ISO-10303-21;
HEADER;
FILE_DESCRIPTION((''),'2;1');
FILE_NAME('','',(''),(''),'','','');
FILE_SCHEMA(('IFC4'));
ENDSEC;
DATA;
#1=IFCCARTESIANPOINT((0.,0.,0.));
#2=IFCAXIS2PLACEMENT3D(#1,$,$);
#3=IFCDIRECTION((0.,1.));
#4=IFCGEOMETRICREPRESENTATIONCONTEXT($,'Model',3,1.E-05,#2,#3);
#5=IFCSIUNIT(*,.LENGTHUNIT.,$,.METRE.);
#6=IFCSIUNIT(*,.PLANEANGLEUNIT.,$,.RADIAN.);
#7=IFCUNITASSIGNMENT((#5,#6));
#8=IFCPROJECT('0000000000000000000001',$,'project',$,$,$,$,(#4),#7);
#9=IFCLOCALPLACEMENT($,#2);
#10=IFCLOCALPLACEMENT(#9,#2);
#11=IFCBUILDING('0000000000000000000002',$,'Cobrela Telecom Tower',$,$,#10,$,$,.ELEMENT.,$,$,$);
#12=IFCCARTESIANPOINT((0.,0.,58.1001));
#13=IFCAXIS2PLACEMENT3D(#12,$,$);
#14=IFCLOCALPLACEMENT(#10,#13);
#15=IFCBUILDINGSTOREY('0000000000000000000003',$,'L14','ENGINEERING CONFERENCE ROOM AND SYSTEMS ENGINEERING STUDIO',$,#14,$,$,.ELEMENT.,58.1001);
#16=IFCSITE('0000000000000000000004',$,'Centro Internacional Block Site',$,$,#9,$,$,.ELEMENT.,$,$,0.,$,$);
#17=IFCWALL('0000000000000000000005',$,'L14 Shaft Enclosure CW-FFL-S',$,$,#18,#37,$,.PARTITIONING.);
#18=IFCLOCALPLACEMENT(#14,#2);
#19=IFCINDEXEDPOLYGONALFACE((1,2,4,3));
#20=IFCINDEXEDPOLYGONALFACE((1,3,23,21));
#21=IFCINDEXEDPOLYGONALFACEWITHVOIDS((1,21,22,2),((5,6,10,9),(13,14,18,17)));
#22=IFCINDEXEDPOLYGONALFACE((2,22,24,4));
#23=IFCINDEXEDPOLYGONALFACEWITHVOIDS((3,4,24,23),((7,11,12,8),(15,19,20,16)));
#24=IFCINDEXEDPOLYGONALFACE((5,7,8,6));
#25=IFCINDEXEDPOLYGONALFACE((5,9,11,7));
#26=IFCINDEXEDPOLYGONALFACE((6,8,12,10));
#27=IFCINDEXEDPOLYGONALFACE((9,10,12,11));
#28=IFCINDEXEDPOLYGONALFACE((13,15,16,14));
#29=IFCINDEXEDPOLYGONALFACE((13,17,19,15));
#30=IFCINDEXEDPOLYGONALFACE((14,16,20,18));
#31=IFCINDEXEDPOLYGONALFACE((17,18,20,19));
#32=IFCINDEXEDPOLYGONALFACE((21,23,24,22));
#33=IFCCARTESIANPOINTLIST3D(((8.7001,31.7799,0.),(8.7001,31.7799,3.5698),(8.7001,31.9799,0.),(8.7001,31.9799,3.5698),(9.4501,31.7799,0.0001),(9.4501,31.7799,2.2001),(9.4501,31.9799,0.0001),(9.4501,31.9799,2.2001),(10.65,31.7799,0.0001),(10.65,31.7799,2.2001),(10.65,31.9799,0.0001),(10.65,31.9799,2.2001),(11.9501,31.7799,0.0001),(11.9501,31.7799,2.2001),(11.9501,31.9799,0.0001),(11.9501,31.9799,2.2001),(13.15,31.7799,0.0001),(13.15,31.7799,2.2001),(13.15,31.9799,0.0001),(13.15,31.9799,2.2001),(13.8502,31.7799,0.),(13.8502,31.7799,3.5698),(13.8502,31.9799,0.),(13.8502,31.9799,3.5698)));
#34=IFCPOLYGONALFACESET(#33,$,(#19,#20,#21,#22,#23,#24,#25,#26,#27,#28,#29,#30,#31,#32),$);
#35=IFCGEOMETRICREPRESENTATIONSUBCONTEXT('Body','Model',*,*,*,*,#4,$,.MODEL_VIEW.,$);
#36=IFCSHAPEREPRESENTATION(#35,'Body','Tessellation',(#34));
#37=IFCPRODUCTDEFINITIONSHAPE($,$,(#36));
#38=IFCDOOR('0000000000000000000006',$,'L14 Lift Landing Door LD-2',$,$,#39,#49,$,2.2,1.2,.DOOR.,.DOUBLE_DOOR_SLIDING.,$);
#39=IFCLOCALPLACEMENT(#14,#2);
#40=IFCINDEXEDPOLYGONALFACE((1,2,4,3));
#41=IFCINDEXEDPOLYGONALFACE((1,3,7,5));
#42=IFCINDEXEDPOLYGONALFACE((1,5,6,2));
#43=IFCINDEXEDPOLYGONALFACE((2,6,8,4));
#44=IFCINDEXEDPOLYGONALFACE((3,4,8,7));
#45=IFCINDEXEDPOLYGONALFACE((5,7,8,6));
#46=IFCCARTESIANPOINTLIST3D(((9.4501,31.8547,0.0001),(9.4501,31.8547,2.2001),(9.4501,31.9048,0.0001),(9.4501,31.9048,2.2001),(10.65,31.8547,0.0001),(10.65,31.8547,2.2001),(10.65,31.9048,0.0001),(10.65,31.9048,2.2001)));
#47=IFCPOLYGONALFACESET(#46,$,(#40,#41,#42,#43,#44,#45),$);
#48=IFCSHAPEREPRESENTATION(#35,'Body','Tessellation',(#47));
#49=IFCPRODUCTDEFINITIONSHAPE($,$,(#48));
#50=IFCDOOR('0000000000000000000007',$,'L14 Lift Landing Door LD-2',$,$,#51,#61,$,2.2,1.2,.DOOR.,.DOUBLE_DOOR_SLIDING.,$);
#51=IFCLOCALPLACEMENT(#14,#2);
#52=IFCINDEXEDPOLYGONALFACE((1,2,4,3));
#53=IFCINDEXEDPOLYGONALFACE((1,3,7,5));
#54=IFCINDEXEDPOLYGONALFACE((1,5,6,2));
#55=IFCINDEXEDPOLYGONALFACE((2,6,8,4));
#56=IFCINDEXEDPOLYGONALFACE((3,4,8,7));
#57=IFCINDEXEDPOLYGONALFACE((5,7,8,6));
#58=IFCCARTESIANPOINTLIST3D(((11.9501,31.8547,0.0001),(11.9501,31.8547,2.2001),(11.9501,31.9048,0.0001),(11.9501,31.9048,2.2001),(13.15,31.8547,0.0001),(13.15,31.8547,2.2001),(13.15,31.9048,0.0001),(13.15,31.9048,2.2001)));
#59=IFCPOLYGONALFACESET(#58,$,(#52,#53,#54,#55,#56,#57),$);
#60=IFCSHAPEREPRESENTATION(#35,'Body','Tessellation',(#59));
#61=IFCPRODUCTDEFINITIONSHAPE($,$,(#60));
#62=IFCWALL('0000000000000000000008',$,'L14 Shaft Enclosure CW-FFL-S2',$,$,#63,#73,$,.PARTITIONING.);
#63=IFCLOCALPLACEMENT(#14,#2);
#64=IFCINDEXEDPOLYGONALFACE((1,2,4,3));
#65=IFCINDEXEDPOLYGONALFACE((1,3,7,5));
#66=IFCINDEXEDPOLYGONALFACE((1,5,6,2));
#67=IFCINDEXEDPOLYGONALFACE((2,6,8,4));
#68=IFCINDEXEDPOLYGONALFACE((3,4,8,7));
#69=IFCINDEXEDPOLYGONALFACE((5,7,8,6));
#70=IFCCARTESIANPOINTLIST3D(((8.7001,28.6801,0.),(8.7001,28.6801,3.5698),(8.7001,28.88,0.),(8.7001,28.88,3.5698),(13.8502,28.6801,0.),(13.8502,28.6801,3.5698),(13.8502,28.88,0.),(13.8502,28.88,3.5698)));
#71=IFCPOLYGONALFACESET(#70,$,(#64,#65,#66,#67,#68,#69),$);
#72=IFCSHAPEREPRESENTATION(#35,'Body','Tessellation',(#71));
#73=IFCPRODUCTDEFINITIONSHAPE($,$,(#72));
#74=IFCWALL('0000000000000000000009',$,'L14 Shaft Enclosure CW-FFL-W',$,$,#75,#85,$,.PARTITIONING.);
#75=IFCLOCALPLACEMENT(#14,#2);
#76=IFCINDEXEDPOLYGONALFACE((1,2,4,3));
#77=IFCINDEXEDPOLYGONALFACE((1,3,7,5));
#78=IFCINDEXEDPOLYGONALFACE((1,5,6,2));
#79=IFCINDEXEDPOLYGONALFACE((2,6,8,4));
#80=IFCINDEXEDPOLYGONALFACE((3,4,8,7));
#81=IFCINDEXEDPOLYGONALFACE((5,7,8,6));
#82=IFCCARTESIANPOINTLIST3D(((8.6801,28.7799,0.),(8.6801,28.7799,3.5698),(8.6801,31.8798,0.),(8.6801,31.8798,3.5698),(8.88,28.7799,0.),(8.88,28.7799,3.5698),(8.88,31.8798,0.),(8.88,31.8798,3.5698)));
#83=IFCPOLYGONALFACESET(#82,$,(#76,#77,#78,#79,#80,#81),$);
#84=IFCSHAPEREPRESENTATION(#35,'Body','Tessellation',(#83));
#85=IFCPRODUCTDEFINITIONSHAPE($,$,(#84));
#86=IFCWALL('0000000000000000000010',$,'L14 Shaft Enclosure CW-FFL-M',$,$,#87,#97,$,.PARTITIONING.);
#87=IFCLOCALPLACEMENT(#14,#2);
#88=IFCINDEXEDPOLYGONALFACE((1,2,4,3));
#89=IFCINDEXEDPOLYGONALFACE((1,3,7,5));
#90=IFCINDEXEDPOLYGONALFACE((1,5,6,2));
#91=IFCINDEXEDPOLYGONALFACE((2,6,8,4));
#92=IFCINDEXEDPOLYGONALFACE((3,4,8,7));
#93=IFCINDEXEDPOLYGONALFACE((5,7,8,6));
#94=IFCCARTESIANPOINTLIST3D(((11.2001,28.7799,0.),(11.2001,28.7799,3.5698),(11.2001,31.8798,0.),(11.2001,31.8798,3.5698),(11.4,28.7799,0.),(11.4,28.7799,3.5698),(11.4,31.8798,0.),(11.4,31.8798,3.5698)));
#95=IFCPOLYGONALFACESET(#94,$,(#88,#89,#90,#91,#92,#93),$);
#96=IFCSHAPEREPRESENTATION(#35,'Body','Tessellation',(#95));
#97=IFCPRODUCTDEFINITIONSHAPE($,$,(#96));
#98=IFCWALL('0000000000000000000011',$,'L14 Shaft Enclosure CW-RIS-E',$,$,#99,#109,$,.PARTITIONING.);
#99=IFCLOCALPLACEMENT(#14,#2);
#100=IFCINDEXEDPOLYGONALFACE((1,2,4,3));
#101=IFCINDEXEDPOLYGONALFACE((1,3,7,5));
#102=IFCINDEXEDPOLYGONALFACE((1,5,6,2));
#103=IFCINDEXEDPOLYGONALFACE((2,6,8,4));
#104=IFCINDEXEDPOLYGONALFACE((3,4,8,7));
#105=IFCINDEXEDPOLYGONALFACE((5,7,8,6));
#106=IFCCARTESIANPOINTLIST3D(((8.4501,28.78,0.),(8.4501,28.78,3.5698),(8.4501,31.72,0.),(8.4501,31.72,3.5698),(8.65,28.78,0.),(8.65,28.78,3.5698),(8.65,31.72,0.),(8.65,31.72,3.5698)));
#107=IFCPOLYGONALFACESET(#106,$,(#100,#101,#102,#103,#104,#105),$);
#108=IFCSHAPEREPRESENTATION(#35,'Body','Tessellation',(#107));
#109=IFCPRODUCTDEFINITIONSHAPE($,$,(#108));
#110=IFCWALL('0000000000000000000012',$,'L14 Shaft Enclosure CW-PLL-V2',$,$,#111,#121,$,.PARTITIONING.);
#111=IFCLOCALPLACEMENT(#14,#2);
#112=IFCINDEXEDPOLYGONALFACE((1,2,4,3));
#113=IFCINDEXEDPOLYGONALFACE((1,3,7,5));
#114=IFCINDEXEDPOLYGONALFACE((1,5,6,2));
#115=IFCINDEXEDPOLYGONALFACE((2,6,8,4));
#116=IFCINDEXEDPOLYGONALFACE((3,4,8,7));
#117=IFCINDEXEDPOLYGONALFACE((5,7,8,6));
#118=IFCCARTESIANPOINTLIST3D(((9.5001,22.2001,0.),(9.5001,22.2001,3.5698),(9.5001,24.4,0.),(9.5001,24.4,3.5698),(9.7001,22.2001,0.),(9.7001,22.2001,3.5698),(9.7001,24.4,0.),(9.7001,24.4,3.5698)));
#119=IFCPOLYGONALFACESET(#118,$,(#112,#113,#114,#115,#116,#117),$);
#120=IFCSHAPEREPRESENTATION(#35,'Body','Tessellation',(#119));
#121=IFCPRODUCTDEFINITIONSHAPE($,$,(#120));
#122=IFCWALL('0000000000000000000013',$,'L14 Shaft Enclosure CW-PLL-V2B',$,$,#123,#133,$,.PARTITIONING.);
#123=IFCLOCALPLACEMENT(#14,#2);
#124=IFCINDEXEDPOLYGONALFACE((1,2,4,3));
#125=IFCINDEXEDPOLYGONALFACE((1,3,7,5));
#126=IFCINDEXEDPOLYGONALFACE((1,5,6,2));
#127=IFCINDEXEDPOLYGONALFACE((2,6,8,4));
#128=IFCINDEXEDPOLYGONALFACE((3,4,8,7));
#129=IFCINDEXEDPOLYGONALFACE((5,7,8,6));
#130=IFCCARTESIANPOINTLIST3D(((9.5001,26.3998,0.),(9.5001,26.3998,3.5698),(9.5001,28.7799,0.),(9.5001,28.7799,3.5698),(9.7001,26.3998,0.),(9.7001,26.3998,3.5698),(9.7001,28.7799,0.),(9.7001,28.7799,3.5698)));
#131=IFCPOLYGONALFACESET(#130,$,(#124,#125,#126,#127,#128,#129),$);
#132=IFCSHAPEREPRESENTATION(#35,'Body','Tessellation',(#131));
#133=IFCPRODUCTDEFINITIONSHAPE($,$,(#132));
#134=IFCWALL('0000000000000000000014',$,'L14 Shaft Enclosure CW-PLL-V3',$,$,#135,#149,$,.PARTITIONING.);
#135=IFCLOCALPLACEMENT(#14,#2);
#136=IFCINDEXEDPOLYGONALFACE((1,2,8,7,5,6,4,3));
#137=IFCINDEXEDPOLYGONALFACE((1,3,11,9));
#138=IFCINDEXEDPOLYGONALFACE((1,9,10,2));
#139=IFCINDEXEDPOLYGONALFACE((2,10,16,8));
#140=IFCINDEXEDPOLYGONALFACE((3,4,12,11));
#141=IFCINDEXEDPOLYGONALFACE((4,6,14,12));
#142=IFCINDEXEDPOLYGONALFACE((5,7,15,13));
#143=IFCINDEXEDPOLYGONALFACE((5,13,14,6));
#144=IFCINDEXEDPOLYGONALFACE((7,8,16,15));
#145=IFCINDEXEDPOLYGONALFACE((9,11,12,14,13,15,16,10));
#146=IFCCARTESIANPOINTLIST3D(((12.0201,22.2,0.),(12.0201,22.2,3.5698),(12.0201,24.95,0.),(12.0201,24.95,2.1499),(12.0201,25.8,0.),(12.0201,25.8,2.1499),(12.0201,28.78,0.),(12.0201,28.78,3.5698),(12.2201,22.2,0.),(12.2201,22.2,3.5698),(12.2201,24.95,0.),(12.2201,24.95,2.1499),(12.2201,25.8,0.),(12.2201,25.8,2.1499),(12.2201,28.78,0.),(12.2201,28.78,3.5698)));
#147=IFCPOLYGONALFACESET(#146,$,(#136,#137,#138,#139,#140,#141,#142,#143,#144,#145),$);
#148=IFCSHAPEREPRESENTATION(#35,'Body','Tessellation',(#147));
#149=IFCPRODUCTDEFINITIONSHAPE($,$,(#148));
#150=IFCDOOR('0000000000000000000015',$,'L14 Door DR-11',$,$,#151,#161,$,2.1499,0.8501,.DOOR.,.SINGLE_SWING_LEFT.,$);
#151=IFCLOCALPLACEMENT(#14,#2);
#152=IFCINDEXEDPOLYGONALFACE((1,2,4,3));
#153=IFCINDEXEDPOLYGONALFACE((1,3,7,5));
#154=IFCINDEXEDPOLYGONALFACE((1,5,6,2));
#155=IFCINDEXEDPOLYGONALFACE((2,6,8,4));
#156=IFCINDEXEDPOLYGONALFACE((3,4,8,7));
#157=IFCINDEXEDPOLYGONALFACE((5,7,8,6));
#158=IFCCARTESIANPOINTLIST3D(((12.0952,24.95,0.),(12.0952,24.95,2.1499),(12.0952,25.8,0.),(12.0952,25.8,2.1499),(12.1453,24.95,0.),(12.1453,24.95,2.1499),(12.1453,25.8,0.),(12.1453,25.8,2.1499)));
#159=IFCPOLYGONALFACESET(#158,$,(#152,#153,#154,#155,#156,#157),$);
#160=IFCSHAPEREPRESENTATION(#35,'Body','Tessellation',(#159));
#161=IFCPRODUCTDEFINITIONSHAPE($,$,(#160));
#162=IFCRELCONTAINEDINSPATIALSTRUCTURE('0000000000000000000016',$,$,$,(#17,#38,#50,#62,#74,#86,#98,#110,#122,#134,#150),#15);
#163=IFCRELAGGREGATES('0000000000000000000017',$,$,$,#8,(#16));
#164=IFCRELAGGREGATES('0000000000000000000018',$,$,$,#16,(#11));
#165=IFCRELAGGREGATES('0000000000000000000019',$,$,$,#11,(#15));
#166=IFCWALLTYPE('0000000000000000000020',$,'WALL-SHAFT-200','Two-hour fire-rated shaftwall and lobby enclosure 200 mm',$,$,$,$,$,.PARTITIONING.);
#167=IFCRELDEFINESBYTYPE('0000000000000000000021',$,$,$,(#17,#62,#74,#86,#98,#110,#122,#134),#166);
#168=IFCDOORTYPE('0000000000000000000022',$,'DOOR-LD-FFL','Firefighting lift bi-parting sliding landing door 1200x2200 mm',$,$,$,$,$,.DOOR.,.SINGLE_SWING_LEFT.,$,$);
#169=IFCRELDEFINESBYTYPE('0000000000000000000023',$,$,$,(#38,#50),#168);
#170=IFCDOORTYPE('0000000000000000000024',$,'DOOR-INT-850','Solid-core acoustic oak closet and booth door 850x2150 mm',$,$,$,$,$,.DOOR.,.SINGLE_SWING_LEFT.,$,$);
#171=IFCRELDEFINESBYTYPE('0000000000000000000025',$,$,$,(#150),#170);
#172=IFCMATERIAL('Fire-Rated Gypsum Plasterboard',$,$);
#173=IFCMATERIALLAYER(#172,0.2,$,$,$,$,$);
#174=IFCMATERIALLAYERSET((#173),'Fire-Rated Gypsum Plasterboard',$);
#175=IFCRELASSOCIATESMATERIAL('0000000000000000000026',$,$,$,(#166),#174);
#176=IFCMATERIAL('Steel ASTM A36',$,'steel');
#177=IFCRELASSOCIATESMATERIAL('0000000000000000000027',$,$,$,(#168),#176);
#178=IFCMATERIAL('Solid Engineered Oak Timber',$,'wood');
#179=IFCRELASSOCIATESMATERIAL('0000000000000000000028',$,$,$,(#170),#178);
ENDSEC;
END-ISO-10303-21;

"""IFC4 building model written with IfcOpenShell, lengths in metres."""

from ifc_helpers import new_model, si_unit, direction, frame, frame_2d, origin, place, context, subcontext, project, spatial, rectangle, extrude, material, layer, layer_set, type_object, element, fill, save


model = new_model("IFC4")

# Units and contexts
model_context = context("Model", 3, precision=1e-05, world=origin(), true_north=direction((0.0, 1.0)))
body_context = subcontext(model_context, "Body", "Model", "MODEL_VIEW")
ifc_project = project(units=[si_unit("LENGTHUNIT", "METRE"), si_unit("PLANEANGLEUNIT", "RADIAN")], contexts=[model_context])

# Site, building, storey
site_placement = place(None, origin())
site = spatial("IfcSite", under=ifc_project, at=site_placement, Name="Centro Internacional Block Site", CompositionType="ELEMENT", RefElevation=0.0)
building_placement = place(site_placement, origin())
building = spatial("IfcBuilding", under=site, at=building_placement, Name="Cobrela Telecom Tower", CompositionType="ELEMENT")
storey_placement = place(building_placement, frame((0.0, 0.0, 58.1001)))
storey = spatial("IfcBuildingStorey", under=building, at=storey_placement, Name="L14", Description="ENGINEERING CONFERENCE ROOM AND SYSTEMS ENGINEERING STUDIO", CompositionType="ELEMENT", Elevation=58.1001)

# Shared definitions
ifc_material_1 = material(Name="Steel ASTM A36", Category="steel")

# Shared definitions
ifc_material_2 = material(Name="Fire-Rated Gypsum Plasterboard")

# Shared definitions
ifc_material_3 = material(Name="Solid Engineered Oak Timber", Category="wood")

# Wall, openings, doors
ifc_layer_1 = layer(ifc_material_2, 0.2)
ifc_layer_set_1 = layer_set([ifc_layer_1], Name="Fire-Rated Gypsum Plasterboard")
wall_type_1 = type_object("IfcWallType", Name="WALL-SHAFT-200", Description="Two-hour fire-rated shaftwall and lobby enclosure 200 mm", PredefinedType="PARTITIONING", material=ifc_layer_set_1)
wall_1_placement = place(storey_placement, frame((8.7, 31.8799, 0.0), z_axis=(0.0, 0.0, 1.0), x_axis=(1.0, 0.0, 0.0)))
wall_1 = element("IfcWall", 1, at=wall_1_placement, inside=storey, type_object=wall_type_1, Name="L14 Shaft Enclosure CW-FFL-S", PredefinedType="PARTITIONING", context=body_context, shape_type="SweptSolid", body=[
    extrude(rectangle(XDim=5.1501, YDim=0.2, at=frame_2d((2.5752, 0.0))), origin(), (0.0, 0.0, 1.0), 3.5698),
])
opening_1_placement = place(wall_1_placement, frame((0.75, 0.0, 0.0)))
opening_1 = element("IfcOpeningElement", 2, at=opening_1_placement, cuts=wall_1, PredefinedType="OPENING", context=body_context, shape_type="SweptSolid", body=[
    extrude(rectangle(XDim=1.2, YDim=2.2, at=frame_2d((0.6001, 1.1001))), frame((0.0, 0.1118, 0.0), z_axis=(0.0, -1.0, 0.0), x_axis=(1.0, 0.0, 0.0)), (0.0, 0.0, 1.0), 0.2239),
])
opening_2_placement = place(wall_1_placement, frame((3.25, 0.0, 0.0)))
opening_2 = element("IfcOpeningElement", 3, at=opening_2_placement, cuts=wall_1, PredefinedType="OPENING", context=body_context, shape_type="SweptSolid", body=[
    extrude(rectangle(XDim=1.2, YDim=2.2, at=frame_2d((0.6001, 1.1001))), frame((0.0, 0.1118, 0.0), z_axis=(0.0, -1.0, 0.0), x_axis=(1.0, 0.0, 0.0)), (0.0, 0.0, 1.0), 0.2239),
])
door_type_1 = type_object("IfcDoorType", Name="DOOR-LD-FFL", Description="Firefighting lift bi-parting sliding landing door 1200x2200 mm", OperationType="SINGLE_SWING_LEFT", PredefinedType="DOOR", material=ifc_material_1)
door_1_placement = place(opening_1_placement, origin())
door_1 = element("IfcDoor", 4, at=door_1_placement, inside=storey, type_object=door_type_1, Name="L14 Lift Landing Door LD-2", OperationType="DOUBLE_DOOR_SLIDING", OverallHeight=2.2, OverallWidth=1.2, PredefinedType="DOOR", context=body_context, shape_type="SweptSolid", body=[
    extrude(rectangle(XDim=1.2, YDim=2.2, at=frame_2d((0.6001, 1.1001))), frame((0.0, 0.0249, 0.0), z_axis=(0.0, -1.0, 0.0), x_axis=(1.0, 0.0, 0.0)), (0.0, 0.0, 1.0), 0.05),
])
fill(opening_1, door_1)
door_2_placement = place(opening_2_placement, origin())
door_2 = element("IfcDoor", 5, at=door_2_placement, inside=storey, type_object=door_type_1, Name="L14 Lift Landing Door LD-2", OperationType="DOUBLE_DOOR_SLIDING", OverallHeight=2.2, OverallWidth=1.2, PredefinedType="DOOR", context=body_context, shape_type="SweptSolid", body=[
    extrude(rectangle(XDim=1.2, YDim=2.2, at=frame_2d((0.6001, 1.1001))), frame((0.0, 0.0249, 0.0), z_axis=(0.0, -1.0, 0.0), x_axis=(1.0, 0.0, 0.0)), (0.0, 0.0, 1.0), 0.05),
])
fill(opening_2, door_2)

# Walls
wall_2_placement = place(storey_placement, frame((8.7, 28.78, 0.0), z_axis=(0.0, 0.0, 1.0), x_axis=(1.0, 0.0, 0.0)))
element("IfcWall", 6, at=wall_2_placement, inside=storey, type_object=wall_type_1, Name="L14 Shaft Enclosure CW-FFL-S2", PredefinedType="PARTITIONING", context=body_context, shape_type="SweptSolid", body=[
    extrude(rectangle(XDim=5.1501, YDim=0.2, at=frame_2d((2.5752, 0.0))), origin(), (0.0, 0.0, 1.0), 3.5698),
])
for number, where, z_axis, x_axis, name in (
    (7, (8.78, 28.78, 0.0), (0.0, 0.0, 1.0), (0.0, 1.0, 0.0), "L14 Shaft Enclosure CW-FFL-W"),
    (8, (11.3, 28.78, 0.0), (0.0, 0.0, 1.0), (0.0, 1.0, 0.0), "L14 Shaft Enclosure CW-FFL-M"),
):
    element("IfcWall", number, at=place(storey_placement, frame(where, z_axis=z_axis, x_axis=x_axis)), inside=storey, type_object=wall_type_1, Name=name, PredefinedType="PARTITIONING", context=body_context, shape_type="SweptSolid", body=[
        extrude(rectangle(XDim=3.0999, YDim=0.2, at=frame_2d((1.5498, 0.0))), origin(), (0.0, 0.0, 1.0), 3.5698),
    ])
wall_3_placement = place(storey_placement, frame((8.55, 28.78, 0.0), z_axis=(0.0, 0.0, 1.0), x_axis=(0.0, 1.0, 0.0)))
element("IfcWall", 9, at=wall_3_placement, inside=storey, type_object=wall_type_1, Name="L14 Shaft Enclosure CW-RIS-E", PredefinedType="PARTITIONING", context=body_context, shape_type="SweptSolid", body=[
    extrude(rectangle(XDim=2.9399, YDim=0.2, at=frame_2d((1.47, 0.0))), origin(), (0.0, 0.0, 1.0), 3.5698),
])
wall_4_placement = place(storey_placement, frame((9.6001, 22.2, 0.0), z_axis=(0.0, 0.0, 1.0), x_axis=(0.0, 1.0, 0.0)))
element("IfcWall", 10, at=wall_4_placement, inside=storey, type_object=wall_type_1, Name="L14 Shaft Enclosure CW-PLL-V2", PredefinedType="PARTITIONING", context=body_context, shape_type="SweptSolid", body=[
    extrude(rectangle(XDim=2.2, YDim=0.2, at=frame_2d((1.1001, 0.0))), origin(), (0.0, 0.0, 1.0), 3.5698),
])
wall_5_placement = place(storey_placement, frame((9.6001, 26.3999, 0.0), z_axis=(0.0, 0.0, 1.0), x_axis=(0.0, 1.0, 0.0)))
element("IfcWall", 11, at=wall_5_placement, inside=storey, type_object=wall_type_1, Name="L14 Shaft Enclosure CW-PLL-V2B", PredefinedType="PARTITIONING", context=body_context, shape_type="SweptSolid", body=[
    extrude(rectangle(XDim=2.3801, YDim=0.2, at=frame_2d((1.1899, 0.0))), origin(), (0.0, 0.0, 1.0), 3.5698),
])

# Wall, opening, door
wall_6_placement = place(storey_placement, frame((12.1201, 22.2, 0.0), z_axis=(0.0, 0.0, 1.0), x_axis=(0.0, 1.0, 0.0)))
wall_6 = element("IfcWall", 12, at=wall_6_placement, inside=storey, type_object=wall_type_1, Name="L14 Shaft Enclosure CW-PLL-V3", PredefinedType="PARTITIONING", context=body_context, shape_type="SweptSolid", body=[
    extrude(rectangle(XDim=6.5801, YDim=0.2, at=frame_2d((3.29, 0.0))), origin(), (0.0, 0.0, 1.0), 3.5698),
])
opening_3_placement = place(wall_6_placement, frame((2.75, 0.0, 0.0)))
opening_3 = element("IfcOpeningElement", 13, at=opening_3_placement, cuts=wall_6, PredefinedType="OPENING", context=body_context, shape_type="SweptSolid", body=[
    extrude(rectangle(XDim=0.8501, YDim=2.1499, at=frame_2d((0.425, 1.075))), frame((0.0, 0.1118, 0.0), z_axis=(0.0, -1.0, 0.0), x_axis=(1.0, 0.0, 0.0)), (0.0, 0.0, 1.0), 0.2239),
])
door_type_2 = type_object("IfcDoorType", Name="DOOR-INT-850", Description="Solid-core acoustic oak closet and booth door 850x2150 mm", OperationType="SINGLE_SWING_LEFT", PredefinedType="DOOR", material=ifc_material_3)
door_3_placement = place(opening_3_placement, origin())
door_3 = element("IfcDoor", 14, at=door_3_placement, inside=storey, type_object=door_type_2, Name="L14 Door DR-11", OperationType="SINGLE_SWING_LEFT", OverallHeight=2.1499, OverallWidth=0.8501, PredefinedType="DOOR", context=body_context, shape_type="SweptSolid", body=[
    extrude(rectangle(XDim=0.8501, YDim=2.1499, at=frame_2d((0.425, 1.075))), frame((0.0, 0.0249, 0.0), z_axis=(0.0, -1.0, 0.0), x_axis=(1.0, 0.0, 0.0)), (0.0, 0.0, 1.0), 0.05),
])
fill(opening_3, door_3)

save(model, "model.ifc")
